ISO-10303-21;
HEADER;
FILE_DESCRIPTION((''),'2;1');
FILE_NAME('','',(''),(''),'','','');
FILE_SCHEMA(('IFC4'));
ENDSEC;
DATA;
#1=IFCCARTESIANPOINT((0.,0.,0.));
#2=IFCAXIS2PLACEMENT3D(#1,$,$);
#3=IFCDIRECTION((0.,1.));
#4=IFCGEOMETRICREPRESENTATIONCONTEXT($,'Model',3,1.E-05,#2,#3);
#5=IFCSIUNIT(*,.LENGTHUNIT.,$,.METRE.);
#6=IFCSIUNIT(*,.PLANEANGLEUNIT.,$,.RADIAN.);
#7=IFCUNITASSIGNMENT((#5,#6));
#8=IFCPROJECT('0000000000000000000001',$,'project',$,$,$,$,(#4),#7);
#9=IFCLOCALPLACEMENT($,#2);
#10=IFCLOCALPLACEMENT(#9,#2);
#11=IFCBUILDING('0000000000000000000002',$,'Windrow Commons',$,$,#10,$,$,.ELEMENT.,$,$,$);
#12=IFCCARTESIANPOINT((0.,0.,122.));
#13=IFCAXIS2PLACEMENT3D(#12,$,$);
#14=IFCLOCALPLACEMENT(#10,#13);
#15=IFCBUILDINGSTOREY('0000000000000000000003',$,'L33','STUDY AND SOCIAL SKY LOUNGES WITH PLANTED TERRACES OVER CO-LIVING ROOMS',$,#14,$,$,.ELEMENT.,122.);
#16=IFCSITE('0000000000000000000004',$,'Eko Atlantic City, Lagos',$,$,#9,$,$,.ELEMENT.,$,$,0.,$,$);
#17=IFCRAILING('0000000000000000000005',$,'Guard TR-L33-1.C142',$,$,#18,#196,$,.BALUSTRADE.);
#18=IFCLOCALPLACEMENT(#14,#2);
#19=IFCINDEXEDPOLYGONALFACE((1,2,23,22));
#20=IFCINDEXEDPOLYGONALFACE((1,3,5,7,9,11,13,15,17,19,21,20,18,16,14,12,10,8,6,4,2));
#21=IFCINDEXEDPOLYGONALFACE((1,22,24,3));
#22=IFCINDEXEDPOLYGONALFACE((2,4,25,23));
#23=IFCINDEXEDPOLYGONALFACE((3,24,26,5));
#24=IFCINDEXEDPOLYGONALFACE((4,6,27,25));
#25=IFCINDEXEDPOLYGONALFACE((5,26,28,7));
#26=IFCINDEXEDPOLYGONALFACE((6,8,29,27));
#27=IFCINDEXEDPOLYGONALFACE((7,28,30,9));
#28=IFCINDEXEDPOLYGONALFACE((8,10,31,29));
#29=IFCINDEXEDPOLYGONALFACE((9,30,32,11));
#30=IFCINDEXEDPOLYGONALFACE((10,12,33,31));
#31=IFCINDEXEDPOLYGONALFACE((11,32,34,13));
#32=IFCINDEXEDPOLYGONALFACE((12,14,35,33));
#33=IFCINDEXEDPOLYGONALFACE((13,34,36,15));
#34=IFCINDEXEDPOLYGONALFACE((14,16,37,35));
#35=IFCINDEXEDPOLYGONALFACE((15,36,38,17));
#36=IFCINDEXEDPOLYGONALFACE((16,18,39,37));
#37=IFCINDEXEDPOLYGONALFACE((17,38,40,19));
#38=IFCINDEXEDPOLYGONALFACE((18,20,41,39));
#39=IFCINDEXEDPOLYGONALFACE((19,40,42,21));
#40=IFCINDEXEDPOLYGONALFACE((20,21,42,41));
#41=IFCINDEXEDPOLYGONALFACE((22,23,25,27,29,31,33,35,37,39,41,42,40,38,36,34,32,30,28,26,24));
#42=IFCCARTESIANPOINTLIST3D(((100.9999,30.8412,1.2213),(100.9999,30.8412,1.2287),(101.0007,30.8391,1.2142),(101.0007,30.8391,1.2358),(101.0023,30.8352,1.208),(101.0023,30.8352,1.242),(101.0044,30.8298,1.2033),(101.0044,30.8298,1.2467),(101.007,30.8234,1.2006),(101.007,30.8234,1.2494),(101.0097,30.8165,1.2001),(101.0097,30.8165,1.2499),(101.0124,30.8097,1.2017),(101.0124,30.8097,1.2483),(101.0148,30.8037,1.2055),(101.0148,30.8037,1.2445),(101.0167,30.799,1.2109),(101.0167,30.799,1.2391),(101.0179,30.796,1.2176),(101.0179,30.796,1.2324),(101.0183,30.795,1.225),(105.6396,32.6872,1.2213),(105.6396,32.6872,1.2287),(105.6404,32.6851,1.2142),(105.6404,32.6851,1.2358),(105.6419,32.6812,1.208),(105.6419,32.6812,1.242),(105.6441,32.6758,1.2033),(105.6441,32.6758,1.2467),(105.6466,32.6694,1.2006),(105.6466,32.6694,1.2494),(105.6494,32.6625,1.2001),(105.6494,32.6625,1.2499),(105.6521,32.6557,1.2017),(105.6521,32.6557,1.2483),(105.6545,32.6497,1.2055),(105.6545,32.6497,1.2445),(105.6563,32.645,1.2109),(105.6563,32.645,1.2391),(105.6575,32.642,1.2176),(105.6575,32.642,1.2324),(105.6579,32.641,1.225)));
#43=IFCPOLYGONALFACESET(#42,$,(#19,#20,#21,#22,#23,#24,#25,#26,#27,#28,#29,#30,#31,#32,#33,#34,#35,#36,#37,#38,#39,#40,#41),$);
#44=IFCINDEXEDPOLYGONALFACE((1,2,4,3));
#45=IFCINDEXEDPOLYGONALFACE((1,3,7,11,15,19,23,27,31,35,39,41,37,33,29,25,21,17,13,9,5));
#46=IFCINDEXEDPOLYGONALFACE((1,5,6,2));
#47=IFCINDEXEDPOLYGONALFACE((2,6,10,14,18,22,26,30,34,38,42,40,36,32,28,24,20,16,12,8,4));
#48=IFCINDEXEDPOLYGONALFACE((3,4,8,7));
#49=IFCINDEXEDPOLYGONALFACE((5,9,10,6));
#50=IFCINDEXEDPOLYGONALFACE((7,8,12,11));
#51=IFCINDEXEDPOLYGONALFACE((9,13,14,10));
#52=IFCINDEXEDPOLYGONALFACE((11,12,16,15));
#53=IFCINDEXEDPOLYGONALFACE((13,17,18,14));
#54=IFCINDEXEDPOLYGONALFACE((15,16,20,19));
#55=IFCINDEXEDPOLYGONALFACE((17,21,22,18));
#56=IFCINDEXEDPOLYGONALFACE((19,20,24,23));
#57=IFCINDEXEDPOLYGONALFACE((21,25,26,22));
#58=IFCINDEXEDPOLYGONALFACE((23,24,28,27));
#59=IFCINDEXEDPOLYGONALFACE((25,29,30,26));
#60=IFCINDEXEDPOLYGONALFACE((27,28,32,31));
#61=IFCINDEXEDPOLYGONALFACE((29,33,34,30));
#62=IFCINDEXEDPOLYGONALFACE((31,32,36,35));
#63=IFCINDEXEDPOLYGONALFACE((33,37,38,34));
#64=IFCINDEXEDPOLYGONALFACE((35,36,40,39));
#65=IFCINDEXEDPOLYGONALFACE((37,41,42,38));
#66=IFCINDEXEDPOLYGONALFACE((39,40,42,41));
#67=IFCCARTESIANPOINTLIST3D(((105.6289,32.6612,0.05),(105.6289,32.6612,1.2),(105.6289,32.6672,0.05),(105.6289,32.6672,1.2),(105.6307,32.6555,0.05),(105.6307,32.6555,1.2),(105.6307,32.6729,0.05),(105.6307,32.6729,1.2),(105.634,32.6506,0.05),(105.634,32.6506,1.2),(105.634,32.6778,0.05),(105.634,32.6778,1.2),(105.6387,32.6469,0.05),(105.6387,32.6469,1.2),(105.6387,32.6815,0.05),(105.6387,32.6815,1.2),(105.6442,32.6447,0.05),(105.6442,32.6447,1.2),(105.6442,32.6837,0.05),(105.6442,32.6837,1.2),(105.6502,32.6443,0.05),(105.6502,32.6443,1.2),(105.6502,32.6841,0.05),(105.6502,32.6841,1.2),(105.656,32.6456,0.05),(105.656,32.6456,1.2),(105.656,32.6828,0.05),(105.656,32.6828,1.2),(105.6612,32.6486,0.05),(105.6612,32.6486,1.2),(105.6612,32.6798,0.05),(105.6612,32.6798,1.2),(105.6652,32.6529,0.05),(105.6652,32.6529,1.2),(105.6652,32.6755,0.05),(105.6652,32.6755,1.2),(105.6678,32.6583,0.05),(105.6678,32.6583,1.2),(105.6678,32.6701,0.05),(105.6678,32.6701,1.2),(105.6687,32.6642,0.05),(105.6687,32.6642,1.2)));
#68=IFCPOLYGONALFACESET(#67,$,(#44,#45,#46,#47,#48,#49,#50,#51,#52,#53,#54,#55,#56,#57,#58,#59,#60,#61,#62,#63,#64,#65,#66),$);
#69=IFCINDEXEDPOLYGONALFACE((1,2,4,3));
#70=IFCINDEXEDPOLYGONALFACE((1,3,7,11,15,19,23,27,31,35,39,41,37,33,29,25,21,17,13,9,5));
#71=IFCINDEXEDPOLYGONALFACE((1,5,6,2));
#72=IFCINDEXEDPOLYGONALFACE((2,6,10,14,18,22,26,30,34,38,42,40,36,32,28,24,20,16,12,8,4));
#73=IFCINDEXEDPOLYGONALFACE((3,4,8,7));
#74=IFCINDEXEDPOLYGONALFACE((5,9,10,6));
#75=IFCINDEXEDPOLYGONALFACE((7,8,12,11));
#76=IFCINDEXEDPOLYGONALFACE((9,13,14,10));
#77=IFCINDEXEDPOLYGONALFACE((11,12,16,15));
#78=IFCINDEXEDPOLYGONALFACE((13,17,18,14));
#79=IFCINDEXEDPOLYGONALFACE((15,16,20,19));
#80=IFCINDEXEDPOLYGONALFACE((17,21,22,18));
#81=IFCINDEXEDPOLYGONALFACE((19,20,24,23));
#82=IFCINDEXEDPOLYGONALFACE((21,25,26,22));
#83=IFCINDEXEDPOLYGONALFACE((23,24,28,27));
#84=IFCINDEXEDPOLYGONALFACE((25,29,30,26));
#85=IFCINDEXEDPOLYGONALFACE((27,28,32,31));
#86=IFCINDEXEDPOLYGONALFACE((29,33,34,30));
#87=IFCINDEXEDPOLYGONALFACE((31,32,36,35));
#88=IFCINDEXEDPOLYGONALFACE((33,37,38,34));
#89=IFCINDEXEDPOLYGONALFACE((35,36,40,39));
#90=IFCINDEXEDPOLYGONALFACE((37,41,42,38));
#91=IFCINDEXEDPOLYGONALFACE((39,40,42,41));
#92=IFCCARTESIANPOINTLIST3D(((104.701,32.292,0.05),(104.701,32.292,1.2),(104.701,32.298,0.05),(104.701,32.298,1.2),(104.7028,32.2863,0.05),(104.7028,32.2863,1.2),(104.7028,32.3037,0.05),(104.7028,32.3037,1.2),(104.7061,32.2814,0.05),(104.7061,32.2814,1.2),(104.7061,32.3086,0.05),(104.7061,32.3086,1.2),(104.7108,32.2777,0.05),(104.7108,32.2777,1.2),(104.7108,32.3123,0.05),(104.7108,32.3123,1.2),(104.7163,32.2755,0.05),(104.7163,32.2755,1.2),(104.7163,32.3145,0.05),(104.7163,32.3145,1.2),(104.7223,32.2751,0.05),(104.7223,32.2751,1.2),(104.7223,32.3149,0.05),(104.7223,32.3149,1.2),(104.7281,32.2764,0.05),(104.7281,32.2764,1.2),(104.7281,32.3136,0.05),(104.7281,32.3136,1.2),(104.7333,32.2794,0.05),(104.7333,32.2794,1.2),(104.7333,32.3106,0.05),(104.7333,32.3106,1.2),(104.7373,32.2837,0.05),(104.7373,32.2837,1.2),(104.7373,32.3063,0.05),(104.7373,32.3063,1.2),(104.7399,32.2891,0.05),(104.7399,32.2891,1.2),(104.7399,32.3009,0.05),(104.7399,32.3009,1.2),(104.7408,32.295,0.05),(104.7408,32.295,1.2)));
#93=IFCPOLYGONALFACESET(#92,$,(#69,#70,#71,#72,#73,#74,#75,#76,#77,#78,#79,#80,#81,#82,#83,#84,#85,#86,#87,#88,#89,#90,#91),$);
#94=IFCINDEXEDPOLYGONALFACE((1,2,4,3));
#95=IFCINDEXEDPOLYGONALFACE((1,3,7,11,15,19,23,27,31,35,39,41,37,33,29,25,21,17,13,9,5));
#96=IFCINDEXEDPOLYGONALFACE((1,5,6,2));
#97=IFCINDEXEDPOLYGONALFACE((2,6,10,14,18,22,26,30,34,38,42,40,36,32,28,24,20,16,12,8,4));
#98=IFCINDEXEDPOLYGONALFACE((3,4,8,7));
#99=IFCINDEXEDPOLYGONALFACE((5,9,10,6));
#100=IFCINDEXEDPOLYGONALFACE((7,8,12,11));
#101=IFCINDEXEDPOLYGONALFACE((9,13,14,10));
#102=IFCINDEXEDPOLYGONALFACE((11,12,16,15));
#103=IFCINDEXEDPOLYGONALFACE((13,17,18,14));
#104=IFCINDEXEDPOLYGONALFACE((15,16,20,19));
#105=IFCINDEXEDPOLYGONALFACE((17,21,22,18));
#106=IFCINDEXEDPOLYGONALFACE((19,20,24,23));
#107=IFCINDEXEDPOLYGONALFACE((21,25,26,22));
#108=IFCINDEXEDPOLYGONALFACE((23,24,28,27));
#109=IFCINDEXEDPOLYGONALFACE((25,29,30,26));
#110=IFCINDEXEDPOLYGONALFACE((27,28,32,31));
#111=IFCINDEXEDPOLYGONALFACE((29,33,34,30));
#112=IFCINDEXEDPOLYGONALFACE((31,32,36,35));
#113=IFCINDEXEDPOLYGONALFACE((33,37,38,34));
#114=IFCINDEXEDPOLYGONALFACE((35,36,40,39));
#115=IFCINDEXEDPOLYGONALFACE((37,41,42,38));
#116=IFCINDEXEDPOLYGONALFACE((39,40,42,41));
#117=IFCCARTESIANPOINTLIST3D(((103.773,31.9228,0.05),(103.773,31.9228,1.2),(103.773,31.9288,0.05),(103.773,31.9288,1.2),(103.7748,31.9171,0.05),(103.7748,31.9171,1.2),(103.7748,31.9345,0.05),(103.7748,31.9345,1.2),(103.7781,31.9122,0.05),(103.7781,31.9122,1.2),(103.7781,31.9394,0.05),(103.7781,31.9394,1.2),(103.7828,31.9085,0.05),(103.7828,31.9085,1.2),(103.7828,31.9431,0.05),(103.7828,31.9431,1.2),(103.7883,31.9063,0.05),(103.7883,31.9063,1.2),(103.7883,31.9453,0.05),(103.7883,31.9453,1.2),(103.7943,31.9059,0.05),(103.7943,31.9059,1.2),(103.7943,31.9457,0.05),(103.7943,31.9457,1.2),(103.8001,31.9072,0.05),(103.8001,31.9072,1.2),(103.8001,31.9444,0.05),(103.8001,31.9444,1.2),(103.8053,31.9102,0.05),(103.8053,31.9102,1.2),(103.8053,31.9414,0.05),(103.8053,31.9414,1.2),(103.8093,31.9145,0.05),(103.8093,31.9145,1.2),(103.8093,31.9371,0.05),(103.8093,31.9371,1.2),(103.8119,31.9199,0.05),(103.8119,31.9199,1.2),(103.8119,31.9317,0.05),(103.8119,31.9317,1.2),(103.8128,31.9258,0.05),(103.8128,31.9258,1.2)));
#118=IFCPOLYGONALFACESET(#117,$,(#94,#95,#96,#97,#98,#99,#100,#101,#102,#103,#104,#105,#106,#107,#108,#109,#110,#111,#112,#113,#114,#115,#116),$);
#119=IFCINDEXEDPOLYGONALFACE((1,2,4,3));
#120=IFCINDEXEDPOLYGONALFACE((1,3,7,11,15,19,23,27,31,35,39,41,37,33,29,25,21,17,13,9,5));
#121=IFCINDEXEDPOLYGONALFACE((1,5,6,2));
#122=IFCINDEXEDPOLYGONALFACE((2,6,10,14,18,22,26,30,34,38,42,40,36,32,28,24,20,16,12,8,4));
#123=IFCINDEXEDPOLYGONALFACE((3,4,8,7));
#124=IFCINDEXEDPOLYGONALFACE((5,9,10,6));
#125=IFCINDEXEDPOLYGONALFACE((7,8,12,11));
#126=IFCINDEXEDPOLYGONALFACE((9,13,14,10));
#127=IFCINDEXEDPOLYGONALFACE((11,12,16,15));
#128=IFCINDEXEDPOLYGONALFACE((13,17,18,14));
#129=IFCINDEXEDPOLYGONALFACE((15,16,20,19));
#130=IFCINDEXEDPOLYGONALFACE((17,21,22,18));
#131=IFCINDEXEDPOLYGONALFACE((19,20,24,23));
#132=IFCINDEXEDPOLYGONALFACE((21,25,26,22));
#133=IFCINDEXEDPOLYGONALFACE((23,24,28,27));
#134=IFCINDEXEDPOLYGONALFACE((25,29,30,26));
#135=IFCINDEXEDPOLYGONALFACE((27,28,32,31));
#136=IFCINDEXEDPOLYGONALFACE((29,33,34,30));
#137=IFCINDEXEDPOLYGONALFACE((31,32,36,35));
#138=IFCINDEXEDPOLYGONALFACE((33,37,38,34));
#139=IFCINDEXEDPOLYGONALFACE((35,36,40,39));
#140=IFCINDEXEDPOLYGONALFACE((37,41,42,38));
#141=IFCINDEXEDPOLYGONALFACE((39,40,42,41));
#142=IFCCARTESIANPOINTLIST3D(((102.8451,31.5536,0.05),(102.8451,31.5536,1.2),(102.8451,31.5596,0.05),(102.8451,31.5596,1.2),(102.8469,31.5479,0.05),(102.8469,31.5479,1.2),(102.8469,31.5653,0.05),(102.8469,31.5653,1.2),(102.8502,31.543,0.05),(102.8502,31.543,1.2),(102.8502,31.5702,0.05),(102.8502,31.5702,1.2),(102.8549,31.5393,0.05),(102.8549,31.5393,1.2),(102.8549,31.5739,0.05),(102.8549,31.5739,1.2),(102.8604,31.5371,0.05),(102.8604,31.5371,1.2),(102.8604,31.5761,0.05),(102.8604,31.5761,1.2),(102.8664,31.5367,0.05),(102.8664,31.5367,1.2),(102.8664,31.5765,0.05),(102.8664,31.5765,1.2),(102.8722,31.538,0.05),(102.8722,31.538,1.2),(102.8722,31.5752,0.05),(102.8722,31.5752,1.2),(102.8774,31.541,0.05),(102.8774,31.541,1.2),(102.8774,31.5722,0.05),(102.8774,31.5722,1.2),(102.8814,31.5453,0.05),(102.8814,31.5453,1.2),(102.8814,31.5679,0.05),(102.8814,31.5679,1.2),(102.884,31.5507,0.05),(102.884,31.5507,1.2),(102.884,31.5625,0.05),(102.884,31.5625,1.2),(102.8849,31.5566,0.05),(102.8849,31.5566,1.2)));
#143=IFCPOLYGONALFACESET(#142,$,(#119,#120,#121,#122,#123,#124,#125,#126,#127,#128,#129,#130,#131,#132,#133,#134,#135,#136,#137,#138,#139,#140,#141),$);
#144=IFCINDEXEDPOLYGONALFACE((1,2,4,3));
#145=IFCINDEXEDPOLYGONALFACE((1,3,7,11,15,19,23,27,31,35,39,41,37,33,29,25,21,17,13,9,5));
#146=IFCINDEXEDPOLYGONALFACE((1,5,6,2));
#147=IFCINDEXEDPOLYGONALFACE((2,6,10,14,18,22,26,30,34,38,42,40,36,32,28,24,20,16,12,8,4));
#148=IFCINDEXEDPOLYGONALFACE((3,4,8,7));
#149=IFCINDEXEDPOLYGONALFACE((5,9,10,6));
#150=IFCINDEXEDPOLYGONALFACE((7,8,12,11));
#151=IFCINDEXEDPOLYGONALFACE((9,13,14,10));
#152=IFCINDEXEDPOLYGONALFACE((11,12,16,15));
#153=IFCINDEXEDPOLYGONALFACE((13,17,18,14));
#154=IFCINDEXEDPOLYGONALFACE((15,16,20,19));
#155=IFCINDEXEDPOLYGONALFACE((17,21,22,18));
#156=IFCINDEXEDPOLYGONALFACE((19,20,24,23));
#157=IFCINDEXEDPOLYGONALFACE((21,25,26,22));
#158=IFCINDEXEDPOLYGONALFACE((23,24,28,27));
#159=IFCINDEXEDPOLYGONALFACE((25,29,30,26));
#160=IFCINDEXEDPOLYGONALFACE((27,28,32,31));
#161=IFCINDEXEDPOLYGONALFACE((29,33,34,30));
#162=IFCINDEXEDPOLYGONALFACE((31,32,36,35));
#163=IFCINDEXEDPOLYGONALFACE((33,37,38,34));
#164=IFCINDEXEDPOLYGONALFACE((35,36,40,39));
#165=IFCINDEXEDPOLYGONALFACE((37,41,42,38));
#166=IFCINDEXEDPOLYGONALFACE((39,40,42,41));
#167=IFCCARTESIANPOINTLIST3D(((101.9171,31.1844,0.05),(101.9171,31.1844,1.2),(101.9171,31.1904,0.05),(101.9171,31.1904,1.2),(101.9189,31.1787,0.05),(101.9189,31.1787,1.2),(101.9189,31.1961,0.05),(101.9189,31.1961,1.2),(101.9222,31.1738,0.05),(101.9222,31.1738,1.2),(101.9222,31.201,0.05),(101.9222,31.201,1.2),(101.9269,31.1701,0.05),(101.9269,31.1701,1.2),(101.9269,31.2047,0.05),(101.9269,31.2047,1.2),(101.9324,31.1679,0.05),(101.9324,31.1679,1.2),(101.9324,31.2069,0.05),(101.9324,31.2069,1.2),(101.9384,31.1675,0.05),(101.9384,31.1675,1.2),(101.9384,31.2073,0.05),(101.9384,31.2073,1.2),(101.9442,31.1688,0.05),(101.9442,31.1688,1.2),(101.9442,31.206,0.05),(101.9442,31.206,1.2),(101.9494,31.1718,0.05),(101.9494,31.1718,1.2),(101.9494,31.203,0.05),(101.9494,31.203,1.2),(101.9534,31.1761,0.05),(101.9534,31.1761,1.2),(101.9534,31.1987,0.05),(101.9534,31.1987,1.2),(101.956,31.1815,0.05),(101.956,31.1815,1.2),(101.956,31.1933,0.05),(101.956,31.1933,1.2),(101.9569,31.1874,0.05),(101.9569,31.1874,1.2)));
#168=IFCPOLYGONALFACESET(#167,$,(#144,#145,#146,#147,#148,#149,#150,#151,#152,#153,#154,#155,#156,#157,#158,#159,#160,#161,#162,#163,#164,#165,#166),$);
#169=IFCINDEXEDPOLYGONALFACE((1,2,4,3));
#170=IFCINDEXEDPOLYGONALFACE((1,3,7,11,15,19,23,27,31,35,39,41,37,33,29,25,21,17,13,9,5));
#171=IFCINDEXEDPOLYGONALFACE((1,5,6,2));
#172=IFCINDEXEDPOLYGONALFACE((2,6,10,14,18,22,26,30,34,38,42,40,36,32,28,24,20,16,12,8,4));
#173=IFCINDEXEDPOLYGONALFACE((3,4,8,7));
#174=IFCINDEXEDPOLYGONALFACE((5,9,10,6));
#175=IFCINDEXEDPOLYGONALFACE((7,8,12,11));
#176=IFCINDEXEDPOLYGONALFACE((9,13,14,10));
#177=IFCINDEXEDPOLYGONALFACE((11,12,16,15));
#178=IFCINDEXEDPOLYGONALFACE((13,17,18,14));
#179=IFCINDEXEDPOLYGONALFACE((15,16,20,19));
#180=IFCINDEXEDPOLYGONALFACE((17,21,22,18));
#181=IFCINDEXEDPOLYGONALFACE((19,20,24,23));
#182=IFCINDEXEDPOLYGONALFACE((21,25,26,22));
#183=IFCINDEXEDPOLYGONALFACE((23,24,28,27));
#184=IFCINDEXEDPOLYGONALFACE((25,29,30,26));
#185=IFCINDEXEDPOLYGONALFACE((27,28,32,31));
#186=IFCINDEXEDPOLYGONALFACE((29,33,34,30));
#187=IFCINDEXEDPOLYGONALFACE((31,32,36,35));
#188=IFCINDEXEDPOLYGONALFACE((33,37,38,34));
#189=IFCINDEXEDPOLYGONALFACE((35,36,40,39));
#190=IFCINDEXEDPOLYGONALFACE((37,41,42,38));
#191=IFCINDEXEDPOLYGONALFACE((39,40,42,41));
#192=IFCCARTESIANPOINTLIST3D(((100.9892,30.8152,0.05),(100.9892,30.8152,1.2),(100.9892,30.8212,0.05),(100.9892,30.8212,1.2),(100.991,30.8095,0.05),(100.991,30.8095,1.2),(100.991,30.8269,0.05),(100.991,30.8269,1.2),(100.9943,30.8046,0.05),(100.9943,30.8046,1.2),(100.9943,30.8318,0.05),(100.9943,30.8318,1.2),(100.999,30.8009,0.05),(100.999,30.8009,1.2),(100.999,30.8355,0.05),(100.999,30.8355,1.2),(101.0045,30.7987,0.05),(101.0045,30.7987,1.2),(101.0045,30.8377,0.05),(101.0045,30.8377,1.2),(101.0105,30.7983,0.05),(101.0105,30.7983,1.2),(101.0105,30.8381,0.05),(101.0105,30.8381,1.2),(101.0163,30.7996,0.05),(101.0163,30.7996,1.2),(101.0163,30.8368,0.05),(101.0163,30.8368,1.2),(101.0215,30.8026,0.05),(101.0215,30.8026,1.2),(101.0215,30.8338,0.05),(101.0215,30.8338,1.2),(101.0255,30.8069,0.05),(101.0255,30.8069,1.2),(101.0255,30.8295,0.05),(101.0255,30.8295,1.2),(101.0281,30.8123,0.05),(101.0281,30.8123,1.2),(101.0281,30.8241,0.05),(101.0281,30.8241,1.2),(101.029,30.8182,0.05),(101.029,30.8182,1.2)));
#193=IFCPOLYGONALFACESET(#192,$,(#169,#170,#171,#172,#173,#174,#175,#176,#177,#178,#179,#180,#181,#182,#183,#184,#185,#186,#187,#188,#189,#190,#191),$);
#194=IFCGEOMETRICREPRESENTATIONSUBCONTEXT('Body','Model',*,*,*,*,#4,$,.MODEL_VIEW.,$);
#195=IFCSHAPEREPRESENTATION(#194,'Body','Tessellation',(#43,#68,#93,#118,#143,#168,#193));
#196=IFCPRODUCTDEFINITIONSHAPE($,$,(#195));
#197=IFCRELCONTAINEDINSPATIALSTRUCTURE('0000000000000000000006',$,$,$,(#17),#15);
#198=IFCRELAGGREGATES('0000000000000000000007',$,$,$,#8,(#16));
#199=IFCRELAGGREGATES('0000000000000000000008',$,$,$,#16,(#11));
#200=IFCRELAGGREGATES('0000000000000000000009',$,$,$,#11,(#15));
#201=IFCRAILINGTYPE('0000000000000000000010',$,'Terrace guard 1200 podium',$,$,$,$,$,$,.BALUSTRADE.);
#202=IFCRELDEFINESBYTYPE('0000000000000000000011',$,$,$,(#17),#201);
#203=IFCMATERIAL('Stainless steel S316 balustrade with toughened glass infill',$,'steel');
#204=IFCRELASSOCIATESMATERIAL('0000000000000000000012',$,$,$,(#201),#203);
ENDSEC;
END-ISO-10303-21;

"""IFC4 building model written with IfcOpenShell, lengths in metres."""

from ifc_helpers import new_model, si_unit, direction, frame, origin, origin_2d, place, context, subcontext, project, spatial, circle, extrude, material, type_object, element, save


model = new_model("IFC4")

# Units and contexts
model_context = context("Model", 3, precision=1e-05, world=origin(), true_north=direction((0.0, 1.0)))
body_context = subcontext(model_context, "Body", "Model", "MODEL_VIEW")
ifc_project = project(units=[si_unit("LENGTHUNIT", "METRE"), si_unit("PLANEANGLEUNIT", "RADIAN")], contexts=[model_context])

# Site, building, storey
site_placement = place(None, origin())
site = spatial("IfcSite", under=ifc_project, at=site_placement, Name="Eko Atlantic City, Lagos", CompositionType="ELEMENT", RefElevation=0.0)
building_placement = place(site_placement, origin())
building = spatial("IfcBuilding", under=site, at=building_placement, Name="Windrow Commons", CompositionType="ELEMENT")
storey_placement = place(building_placement, frame((0.0, 0.0, 122.0)))
storey = spatial("IfcBuildingStorey", under=building, at=storey_placement, Name="L33", Description="STUDY AND SOCIAL SKY LOUNGES WITH PLANTED TERRACES OVER CO-LIVING ROOMS", CompositionType="ELEMENT", Elevation=122.0)

# Railing
ifc_material_1 = material(Name="Stainless steel S316 balustrade with toughened glass infill", Category="steel")
railing_type = type_object("IfcRailingType", Name="Terrace guard 1200 podium", PredefinedType="BALUSTRADE", material=ifc_material_1)
railing_1_placement = place(storey_placement, frame((105.6487, 32.6642, 0.05)))
element("IfcRailing", 1, at=railing_1_placement, inside=storey, type_object=railing_type, Name="Guard TR-L33-1.C142", PredefinedType="BALUSTRADE", context=body_context, shape_type="SweptSolid", body=[
    extrude(circle(Radius=0.025, at=origin_2d()), frame((0.0, 0.0, 1.175), z_axis=(-0.929157, -0.369684, 0.0), x_axis=(0.369684, -0.929157, 0.0)), (0.0, 0.0, 1.0), 4.9934),
    extrude(circle(Radius=0.02, at=origin_2d()), origin(), (0.0, 0.0, 1.0), 1.15),
    extrude(circle(Radius=0.02, at=origin_2d()), frame((-0.9279, -0.3692, 0.0)), (0.0, 0.0, 1.0), 1.15),
    extrude(circle(Radius=0.02, at=origin_2d()), frame((-1.8559, -0.7384, 0.0)), (0.0, 0.0, 1.0), 1.15),
    extrude(circle(Radius=0.02, at=origin_2d()), frame((-2.7838, -1.1076, 0.0)), (0.0, 0.0, 1.0), 1.15),
    extrude(circle(Radius=0.02, at=origin_2d()), frame((-3.7118, -1.4768, 0.0)), (0.0, 0.0, 1.0), 1.15),
    extrude(circle(Radius=0.02, at=origin_2d()), frame((-4.6397, -1.846, 0.0)), (0.0, 0.0, 1.0), 1.15),
])

save(model, "model.ifc")
